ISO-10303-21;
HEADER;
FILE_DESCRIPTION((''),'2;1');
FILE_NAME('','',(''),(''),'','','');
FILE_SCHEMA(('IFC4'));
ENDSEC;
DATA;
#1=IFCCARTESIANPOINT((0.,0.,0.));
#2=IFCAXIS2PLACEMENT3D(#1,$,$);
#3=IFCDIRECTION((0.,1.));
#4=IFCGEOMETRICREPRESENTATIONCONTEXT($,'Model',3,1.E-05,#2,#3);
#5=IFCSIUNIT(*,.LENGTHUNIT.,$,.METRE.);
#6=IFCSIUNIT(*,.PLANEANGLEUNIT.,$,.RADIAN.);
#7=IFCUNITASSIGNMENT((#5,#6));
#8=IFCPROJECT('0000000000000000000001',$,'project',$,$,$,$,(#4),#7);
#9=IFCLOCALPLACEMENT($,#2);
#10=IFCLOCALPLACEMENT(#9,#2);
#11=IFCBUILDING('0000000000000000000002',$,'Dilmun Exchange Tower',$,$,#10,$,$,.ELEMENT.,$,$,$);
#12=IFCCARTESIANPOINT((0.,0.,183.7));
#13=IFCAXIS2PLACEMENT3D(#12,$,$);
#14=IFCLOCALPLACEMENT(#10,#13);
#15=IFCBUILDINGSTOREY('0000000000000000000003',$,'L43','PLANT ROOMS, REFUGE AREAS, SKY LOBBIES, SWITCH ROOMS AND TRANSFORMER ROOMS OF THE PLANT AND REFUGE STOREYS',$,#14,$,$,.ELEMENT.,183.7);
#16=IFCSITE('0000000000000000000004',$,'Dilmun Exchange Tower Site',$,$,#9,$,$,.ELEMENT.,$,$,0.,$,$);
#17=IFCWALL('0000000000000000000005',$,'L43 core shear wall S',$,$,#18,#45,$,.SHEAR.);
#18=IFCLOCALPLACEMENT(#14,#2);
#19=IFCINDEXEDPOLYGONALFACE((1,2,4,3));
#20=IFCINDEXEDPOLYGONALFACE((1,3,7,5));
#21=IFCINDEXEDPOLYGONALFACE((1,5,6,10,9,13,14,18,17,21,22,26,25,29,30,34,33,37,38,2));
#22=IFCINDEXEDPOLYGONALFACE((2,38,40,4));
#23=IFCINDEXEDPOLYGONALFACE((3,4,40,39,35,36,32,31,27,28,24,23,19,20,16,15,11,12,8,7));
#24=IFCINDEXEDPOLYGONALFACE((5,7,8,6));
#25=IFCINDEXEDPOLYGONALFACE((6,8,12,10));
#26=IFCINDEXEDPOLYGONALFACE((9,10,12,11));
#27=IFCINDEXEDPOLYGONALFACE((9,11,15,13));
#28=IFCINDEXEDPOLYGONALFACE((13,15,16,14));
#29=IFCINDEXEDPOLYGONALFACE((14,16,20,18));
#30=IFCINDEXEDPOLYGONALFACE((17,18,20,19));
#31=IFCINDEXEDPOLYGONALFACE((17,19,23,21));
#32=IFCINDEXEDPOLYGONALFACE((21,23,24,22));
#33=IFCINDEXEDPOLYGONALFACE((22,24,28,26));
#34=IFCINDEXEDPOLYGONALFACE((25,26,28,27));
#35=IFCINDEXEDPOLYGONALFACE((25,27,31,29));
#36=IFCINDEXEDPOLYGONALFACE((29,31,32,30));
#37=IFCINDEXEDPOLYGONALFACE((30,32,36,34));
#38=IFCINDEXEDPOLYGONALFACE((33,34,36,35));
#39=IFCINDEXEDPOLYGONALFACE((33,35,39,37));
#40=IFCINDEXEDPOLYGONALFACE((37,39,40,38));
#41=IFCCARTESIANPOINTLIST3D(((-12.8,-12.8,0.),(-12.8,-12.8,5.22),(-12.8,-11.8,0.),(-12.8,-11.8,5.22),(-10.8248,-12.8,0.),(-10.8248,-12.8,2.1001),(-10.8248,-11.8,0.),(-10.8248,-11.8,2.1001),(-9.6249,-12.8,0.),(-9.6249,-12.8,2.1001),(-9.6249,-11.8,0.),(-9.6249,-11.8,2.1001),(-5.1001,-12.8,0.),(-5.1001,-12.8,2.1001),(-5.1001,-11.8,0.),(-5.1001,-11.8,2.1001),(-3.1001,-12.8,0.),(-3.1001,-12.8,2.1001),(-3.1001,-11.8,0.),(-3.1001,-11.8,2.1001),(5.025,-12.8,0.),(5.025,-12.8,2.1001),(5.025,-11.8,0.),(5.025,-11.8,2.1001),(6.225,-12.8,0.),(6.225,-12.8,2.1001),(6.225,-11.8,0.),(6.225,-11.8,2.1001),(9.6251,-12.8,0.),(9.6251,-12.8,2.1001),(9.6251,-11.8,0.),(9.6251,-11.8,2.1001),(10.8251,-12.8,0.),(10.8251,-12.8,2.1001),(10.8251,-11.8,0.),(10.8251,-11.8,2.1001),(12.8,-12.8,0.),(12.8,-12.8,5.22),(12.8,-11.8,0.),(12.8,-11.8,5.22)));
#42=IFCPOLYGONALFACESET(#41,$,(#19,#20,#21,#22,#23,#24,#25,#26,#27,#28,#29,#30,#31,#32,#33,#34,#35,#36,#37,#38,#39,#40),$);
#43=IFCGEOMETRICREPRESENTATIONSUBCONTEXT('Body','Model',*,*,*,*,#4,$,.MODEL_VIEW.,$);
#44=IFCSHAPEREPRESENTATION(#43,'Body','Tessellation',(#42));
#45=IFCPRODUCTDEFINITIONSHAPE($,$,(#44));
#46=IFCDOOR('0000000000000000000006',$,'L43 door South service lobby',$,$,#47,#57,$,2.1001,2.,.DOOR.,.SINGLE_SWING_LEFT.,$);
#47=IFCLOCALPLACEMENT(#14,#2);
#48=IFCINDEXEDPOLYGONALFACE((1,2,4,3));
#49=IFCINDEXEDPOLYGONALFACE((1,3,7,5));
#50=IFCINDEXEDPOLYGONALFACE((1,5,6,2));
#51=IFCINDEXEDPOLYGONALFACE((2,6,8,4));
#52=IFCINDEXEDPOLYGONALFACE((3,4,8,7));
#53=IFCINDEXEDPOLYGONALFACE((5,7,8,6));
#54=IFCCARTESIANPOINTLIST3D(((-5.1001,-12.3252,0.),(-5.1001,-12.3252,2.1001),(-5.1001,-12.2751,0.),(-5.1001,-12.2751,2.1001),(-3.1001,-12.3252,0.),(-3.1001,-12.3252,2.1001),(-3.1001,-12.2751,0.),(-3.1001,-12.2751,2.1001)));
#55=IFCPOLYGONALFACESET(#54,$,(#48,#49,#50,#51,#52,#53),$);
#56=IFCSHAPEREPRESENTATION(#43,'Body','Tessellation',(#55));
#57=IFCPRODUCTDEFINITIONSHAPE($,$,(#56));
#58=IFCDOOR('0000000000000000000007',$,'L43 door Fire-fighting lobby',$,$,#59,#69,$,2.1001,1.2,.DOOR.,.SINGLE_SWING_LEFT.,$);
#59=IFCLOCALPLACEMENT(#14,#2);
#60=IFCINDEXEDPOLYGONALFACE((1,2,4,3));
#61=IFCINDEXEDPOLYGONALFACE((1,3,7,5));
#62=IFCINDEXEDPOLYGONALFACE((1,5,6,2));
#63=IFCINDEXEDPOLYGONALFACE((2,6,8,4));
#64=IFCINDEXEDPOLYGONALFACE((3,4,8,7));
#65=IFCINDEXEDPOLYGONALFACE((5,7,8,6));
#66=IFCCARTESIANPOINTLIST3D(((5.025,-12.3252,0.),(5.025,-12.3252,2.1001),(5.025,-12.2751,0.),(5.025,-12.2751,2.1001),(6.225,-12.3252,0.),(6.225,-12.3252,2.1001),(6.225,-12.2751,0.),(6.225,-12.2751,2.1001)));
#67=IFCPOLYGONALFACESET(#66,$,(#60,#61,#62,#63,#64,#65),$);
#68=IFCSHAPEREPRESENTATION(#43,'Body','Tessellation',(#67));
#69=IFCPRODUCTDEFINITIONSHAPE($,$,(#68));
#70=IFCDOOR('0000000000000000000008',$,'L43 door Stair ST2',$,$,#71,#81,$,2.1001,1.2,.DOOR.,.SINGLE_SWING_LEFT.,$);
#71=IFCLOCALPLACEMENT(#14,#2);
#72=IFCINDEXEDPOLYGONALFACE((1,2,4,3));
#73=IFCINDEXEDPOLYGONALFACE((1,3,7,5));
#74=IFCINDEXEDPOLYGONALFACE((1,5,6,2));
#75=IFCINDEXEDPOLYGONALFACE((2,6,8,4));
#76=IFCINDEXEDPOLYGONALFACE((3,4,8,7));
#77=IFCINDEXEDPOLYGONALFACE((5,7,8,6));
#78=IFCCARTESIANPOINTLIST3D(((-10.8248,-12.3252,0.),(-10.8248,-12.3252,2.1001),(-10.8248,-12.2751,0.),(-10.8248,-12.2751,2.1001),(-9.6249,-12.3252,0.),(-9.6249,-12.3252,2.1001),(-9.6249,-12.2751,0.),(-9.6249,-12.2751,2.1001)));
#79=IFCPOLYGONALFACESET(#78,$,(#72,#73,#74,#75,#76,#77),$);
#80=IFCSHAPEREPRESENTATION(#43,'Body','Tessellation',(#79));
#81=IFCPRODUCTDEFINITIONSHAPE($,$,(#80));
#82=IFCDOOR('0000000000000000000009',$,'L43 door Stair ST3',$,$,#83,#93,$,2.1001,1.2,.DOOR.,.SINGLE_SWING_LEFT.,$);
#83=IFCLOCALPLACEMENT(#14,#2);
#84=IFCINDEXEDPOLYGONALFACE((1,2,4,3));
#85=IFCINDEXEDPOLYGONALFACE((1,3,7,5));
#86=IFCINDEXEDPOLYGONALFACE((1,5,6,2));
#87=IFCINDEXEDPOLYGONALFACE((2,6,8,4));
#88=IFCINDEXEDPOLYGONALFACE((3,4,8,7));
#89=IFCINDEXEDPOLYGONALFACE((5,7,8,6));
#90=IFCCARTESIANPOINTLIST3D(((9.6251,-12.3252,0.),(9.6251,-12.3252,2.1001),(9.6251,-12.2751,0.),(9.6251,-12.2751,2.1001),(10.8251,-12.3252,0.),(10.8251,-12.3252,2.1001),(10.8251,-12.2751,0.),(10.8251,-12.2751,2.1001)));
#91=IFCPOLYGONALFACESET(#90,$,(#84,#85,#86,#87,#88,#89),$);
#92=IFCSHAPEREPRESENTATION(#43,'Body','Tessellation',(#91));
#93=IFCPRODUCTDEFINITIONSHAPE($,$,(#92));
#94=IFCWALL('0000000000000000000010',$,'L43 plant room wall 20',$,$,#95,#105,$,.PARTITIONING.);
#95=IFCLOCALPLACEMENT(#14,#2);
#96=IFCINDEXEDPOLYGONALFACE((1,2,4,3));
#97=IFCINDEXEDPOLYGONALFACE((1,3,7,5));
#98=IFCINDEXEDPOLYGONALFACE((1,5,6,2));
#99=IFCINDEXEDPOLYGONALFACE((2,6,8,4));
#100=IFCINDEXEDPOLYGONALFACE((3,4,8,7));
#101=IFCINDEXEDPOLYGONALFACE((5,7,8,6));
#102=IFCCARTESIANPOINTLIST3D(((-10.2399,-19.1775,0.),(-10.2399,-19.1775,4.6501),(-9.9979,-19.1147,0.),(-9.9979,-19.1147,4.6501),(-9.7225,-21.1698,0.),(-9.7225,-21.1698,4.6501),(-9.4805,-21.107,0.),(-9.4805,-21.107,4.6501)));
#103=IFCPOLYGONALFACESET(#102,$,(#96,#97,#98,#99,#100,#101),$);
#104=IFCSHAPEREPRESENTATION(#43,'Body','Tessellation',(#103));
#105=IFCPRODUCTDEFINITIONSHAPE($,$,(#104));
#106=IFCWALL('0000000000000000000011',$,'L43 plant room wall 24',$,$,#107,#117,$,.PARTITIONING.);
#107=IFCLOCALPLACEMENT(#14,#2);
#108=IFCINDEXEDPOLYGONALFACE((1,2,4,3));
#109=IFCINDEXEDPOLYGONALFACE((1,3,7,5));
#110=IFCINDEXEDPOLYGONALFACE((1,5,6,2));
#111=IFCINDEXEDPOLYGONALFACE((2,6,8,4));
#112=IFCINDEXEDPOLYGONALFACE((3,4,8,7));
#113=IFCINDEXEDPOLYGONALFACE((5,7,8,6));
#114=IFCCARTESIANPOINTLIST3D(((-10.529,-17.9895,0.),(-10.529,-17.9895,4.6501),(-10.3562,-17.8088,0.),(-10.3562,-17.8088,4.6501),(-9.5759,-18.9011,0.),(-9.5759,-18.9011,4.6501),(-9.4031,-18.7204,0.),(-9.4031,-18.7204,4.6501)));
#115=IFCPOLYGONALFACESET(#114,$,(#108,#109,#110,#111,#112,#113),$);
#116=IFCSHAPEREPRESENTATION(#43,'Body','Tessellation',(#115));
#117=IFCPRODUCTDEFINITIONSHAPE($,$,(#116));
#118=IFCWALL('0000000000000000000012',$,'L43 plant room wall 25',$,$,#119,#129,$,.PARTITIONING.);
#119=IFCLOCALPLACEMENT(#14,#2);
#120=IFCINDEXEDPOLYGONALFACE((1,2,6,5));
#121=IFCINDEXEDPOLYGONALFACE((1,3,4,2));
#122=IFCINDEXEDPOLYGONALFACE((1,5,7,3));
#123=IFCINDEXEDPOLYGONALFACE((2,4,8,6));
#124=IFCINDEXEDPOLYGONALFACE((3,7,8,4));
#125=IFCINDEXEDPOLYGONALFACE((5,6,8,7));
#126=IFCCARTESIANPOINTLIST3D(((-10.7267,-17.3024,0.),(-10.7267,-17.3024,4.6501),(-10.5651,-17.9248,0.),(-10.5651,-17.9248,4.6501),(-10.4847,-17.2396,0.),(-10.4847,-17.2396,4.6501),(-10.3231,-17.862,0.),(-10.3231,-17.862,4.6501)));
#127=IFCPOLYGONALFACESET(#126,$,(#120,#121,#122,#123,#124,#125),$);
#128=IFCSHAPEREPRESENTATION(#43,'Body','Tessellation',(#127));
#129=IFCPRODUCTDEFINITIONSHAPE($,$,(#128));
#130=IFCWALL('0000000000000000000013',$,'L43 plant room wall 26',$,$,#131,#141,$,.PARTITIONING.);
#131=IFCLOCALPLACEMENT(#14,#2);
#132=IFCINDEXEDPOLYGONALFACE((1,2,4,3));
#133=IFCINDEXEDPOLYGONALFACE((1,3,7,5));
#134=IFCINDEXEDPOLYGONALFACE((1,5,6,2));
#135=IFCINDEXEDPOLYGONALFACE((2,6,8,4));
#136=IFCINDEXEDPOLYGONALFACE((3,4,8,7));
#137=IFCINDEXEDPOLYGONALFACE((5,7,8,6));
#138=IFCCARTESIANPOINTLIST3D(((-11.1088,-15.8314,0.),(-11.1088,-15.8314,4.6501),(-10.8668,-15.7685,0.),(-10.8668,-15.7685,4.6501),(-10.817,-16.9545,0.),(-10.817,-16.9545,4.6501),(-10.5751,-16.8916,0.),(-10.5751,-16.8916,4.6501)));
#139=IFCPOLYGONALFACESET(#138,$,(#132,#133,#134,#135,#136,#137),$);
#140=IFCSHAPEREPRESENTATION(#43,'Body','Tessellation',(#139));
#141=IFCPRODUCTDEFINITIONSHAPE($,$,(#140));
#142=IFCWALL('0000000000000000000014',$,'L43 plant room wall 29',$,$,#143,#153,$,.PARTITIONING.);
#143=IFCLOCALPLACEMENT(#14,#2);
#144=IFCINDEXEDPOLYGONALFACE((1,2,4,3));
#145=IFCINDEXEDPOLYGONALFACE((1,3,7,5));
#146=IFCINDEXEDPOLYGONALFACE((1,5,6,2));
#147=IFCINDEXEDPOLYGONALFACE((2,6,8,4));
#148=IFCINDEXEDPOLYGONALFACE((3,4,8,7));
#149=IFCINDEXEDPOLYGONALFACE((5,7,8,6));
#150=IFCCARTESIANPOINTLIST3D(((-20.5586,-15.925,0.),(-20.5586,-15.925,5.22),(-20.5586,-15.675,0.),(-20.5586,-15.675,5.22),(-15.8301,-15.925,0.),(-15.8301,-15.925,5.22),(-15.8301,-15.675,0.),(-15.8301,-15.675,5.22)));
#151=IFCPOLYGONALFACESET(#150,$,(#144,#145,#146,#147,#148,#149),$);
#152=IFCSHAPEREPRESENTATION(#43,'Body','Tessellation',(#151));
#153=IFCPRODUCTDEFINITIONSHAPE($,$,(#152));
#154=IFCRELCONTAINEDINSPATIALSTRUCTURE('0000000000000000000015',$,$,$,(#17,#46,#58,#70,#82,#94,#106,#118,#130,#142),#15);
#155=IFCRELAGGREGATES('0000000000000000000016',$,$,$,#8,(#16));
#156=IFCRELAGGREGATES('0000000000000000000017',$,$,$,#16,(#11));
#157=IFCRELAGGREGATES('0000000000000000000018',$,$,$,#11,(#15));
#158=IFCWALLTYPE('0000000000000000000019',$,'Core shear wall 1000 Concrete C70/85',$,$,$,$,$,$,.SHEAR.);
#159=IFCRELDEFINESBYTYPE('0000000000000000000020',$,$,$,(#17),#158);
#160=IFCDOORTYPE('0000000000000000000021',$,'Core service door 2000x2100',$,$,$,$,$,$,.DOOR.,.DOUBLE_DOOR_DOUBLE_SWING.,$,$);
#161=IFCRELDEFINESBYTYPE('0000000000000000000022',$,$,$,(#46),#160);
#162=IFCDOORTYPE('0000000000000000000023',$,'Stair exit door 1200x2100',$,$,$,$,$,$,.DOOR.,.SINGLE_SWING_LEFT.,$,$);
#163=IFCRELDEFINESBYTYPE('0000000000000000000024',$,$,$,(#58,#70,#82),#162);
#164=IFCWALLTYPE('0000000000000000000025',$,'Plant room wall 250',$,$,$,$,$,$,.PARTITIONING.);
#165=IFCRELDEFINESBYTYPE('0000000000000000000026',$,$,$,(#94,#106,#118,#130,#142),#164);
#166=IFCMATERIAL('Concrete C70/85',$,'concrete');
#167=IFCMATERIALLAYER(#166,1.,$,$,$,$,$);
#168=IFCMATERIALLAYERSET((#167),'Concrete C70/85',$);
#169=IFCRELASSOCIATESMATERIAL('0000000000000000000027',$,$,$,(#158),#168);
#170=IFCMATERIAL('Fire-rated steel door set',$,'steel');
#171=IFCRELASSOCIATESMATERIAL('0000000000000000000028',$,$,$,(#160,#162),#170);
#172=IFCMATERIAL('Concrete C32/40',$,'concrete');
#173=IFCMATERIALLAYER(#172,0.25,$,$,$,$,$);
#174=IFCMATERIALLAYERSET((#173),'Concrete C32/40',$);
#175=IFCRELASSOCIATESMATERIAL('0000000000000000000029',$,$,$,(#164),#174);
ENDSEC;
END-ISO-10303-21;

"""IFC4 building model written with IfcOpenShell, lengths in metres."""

from ifc_helpers import new_model, si_unit, direction, frame, frame_2d, origin, place, context, subcontext, project, spatial, rectangle, extrude, material, layer, layer_set, type_object, element, fill, save


model = new_model("IFC4")

# Units and contexts
model_context = context("Model", 3, precision=1e-05, world=origin(), true_north=direction((0.0, 1.0)))
body_context = subcontext(model_context, "Body", "Model", "MODEL_VIEW")
ifc_project = project(units=[si_unit("LENGTHUNIT", "METRE"), si_unit("PLANEANGLEUNIT", "RADIAN")], contexts=[model_context])

# Site, building, storey
site_placement = place(None, origin())
site = spatial("IfcSite", under=ifc_project, at=site_placement, Name="Dilmun Exchange Tower Site", CompositionType="ELEMENT", RefElevation=0.0)
building_placement = place(site_placement, origin())
building = spatial("IfcBuilding", under=site, at=building_placement, Name="Dilmun Exchange Tower", CompositionType="ELEMENT")
storey_placement = place(building_placement, frame((0.0, 0.0, 183.7)))
storey = spatial("IfcBuildingStorey", under=building, at=storey_placement, Name="L43", Description="PLANT ROOMS, REFUGE AREAS, SKY LOBBIES, SWITCH ROOMS AND TRANSFORMER ROOMS OF THE PLANT AND REFUGE STOREYS", CompositionType="ELEMENT", Elevation=183.7)

# Wall, openings, doors
ifc_material_1 = material(Name="Concrete C70/85", Category="concrete")
ifc_layer_1 = layer(ifc_material_1, 1.0)
ifc_layer_set_1 = layer_set([ifc_layer_1], Name="Concrete C70/85")
wall_type_1 = type_object("IfcWallType", Name="Core shear wall 1000 Concrete C70/85", PredefinedType="SHEAR", material=ifc_layer_set_1)
wall_1_placement = place(storey_placement, frame((-12.8, -12.3, 0.0), z_axis=(0.0, 0.0, 1.0), x_axis=(1.0, 0.0, 0.0)))
wall_1 = element("IfcWall", 1, at=wall_1_placement, inside=storey, type_object=wall_type_1, Name="L43 core shear wall S", PredefinedType="SHEAR", context=body_context, shape_type="SweptSolid", body=[
    extrude(rectangle(XDim=25.6001, YDim=1.0, at=frame_2d((12.8, 0.0))), origin(), (0.0, 0.0, 1.0), 5.22),
])
opening_1_placement = place(wall_1_placement, frame((7.7, 0.0, 0.0)))
opening_1 = element("IfcOpeningElement", 2, at=opening_1_placement, cuts=wall_1, PredefinedType="OPENING", context=body_context, shape_type="SweptSolid", body=[
    extrude(rectangle(XDim=2.0, YDim=2.1001, at=frame_2d((1.0, 1.05))), frame((0.0, 0.51, 0.0), z_axis=(0.0, -1.0, 0.0), x_axis=(1.0, 0.0, 0.0)), (0.0, 0.0, 1.0), 1.02),
])
opening_2_placement = place(wall_1_placement, frame((17.825, 0.0, 0.0)))
opening_2 = element("IfcOpeningElement", 3, at=opening_2_placement, cuts=wall_1, PredefinedType="OPENING", context=body_context, shape_type="SweptSolid", body=[
    extrude(rectangle(XDim=1.2, YDim=2.1001, at=frame_2d((0.6001, 1.05))), frame((0.0, 0.51, 0.0), z_axis=(0.0, -1.0, 0.0), x_axis=(1.0, 0.0, 0.0)), (0.0, 0.0, 1.0), 1.02),
])
opening_3_placement = place(wall_1_placement, frame((1.9751, 0.0, 0.0)))
opening_3 = element("IfcOpeningElement", 4, at=opening_3_placement, cuts=wall_1, PredefinedType="OPENING", context=body_context, shape_type="SweptSolid", body=[
    extrude(rectangle(XDim=1.2, YDim=2.1001, at=frame_2d((0.6001, 1.05))), frame((0.0, 0.51, 0.0), z_axis=(0.0, -1.0, 0.0), x_axis=(1.0, 0.0, 0.0)), (0.0, 0.0, 1.0), 1.02),
])
opening_4_placement = place(wall_1_placement, frame((22.425, 0.0, 0.0)))
opening_4 = element("IfcOpeningElement", 5, at=opening_4_placement, cuts=wall_1, PredefinedType="OPENING", context=body_context, shape_type="SweptSolid", body=[
    extrude(rectangle(XDim=1.2, YDim=2.1001, at=frame_2d((0.6001, 1.05))), frame((0.0, 0.51, 0.0), z_axis=(0.0, -1.0, 0.0), x_axis=(1.0, 0.0, 0.0)), (0.0, 0.0, 1.0), 1.02),
])
ifc_material_2 = material(Name="Fire-rated steel door set", Category="steel")
door_type_1 = type_object("IfcDoorType", Name="Core service door 2000x2100", OperationType="DOUBLE_DOOR_DOUBLE_SWING", PredefinedType="DOOR", material=ifc_material_2)
door_1_placement = place(opening_1_placement, origin())
door_1 = element("IfcDoor", 6, at=door_1_placement, inside=storey, type_object=door_type_1, Name="L43 door South service lobby", OperationType="SINGLE_SWING_LEFT", OverallHeight=2.1001, OverallWidth=2.0, PredefinedType="DOOR", context=body_context, shape_type="SweptSolid", body=[
    extrude(rectangle(XDim=2.0, YDim=2.1001, at=frame_2d((1.0, 1.05))), frame((0.0, 0.0249, 0.0), z_axis=(0.0, -1.0, 0.0), x_axis=(1.0, 0.0, 0.0)), (0.0, 0.0, 1.0), 0.05),
])
fill(opening_1, door_1)
door_type_2 = type_object("IfcDoorType", Name="Stair exit door 1200x2100", OperationType="SINGLE_SWING_LEFT", PredefinedType="DOOR", material=ifc_material_2)
door_2_placement = place(opening_2_placement, origin())
door_2 = element("IfcDoor", 7, at=door_2_placement, inside=storey, type_object=door_type_2, Name="L43 door Fire-fighting lobby", OperationType="SINGLE_SWING_LEFT", OverallHeight=2.1001, OverallWidth=1.2, PredefinedType="DOOR", context=body_context, shape_type="SweptSolid", body=[
    extrude(rectangle(XDim=1.2, YDim=2.1001, at=frame_2d((0.6001, 1.05))), frame((0.0, 0.0249, 0.0), z_axis=(0.0, -1.0, 0.0), x_axis=(1.0, 0.0, 0.0)), (0.0, 0.0, 1.0), 0.05),
])
fill(opening_2, door_2)
door_3_placement = place(opening_3_placement, origin())
door_3 = element("IfcDoor", 8, at=door_3_placement, inside=storey, type_object=door_type_2, Name="L43 door Stair ST2", OperationType="SINGLE_SWING_LEFT", OverallHeight=2.1001, OverallWidth=1.2, PredefinedType="DOOR", context=body_context, shape_type="SweptSolid", body=[
    extrude(rectangle(XDim=1.2, YDim=2.1001, at=frame_2d((0.6001, 1.05))), frame((0.0, 0.0249, 0.0), z_axis=(0.0, -1.0, 0.0), x_axis=(1.0, 0.0, 0.0)), (0.0, 0.0, 1.0), 0.05),
])
fill(opening_3, door_3)
door_4_placement = place(opening_4_placement, origin())
door_4 = element("IfcDoor", 9, at=door_4_placement, inside=storey, type_object=door_type_2, Name="L43 door Stair ST3", OperationType="SINGLE_SWING_LEFT", OverallHeight=2.1001, OverallWidth=1.2, PredefinedType="DOOR", context=body_context, shape_type="SweptSolid", body=[
    extrude(rectangle(XDim=1.2, YDim=2.1001, at=frame_2d((0.6001, 1.05))), frame((0.0, 0.0249, 0.0), z_axis=(0.0, -1.0, 0.0), x_axis=(1.0, 0.0, 0.0)), (0.0, 0.0, 1.0), 0.05),
])
fill(opening_4, door_4)

# Walls
ifc_material_3 = material(Name="Concrete C32/40", Category="concrete")
ifc_layer_2 = layer(ifc_material_3, 0.25)
ifc_layer_set_2 = layer_set([ifc_layer_2], Name="Concrete C32/40")
wall_type_2 = type_object("IfcWallType", Name="Plant room wall 250", PredefinedType="PARTITIONING", material=ifc_layer_set_2)
wall_2_placement = place(storey_placement, frame((-10.1189, -19.146, 0.0), z_axis=(0.0, 0.0, 1.0), x_axis=(0.251345, -0.967898, 0.0)))
element("IfcWall", 10, at=wall_2_placement, inside=storey, type_object=wall_type_2, Name="L43 plant room wall 20", PredefinedType="PARTITIONING", context=body_context, shape_type="SweptSolid", body=[
    extrude(rectangle(XDim=2.0583, YDim=0.25, at=frame_2d((1.0293, 0.0))), origin(), (0.0, 0.0, 1.0), 4.6501),
])
wall_3_placement = place(storey_placement, frame((-10.4426, -17.8992, 0.0), z_axis=(0.0, 0.0, 1.0), x_axis=(0.722666, -0.691197, 0.0)))
element("IfcWall", 11, at=wall_3_placement, inside=storey, type_object=wall_type_2, Name="L43 plant room wall 24", PredefinedType="PARTITIONING", context=body_context, shape_type="SweptSolid", body=[
    extrude(rectangle(XDim=1.3188, YDim=0.25, at=frame_2d((0.6594, 0.0))), origin(), (0.0, 0.0, 1.0), 4.6501),
])
wall_4_placement = place(storey_placement, frame((-10.6057, -17.271, 0.0), z_axis=(0.0, 0.0, 1.0), x_axis=(0.251371, -0.967891, 0.0)))
element("IfcWall", 12, at=wall_4_placement, inside=storey, type_object=wall_type_2, Name="L43 plant room wall 25", PredefinedType="PARTITIONING", context=body_context, shape_type="SweptSolid", body=[
    extrude(rectangle(XDim=0.6431, YDim=0.25, at=frame_2d((0.3215, 0.0))), origin(), (0.0, 0.0, 1.0), 4.6501),
])
wall_5_placement = place(storey_placement, frame((-10.9878, -15.8, 0.0), z_axis=(0.0, 0.0, 1.0), x_axis=(0.251437, -0.967874, 0.0)))
element("IfcWall", 13, at=wall_5_placement, inside=storey, type_object=wall_type_2, Name="L43 plant room wall 26", PredefinedType="PARTITIONING", context=body_context, shape_type="SweptSolid", body=[
    extrude(rectangle(XDim=1.1604, YDim=0.25, at=frame_2d((0.5801, 0.0))), origin(), (0.0, 0.0, 1.0), 4.6501),
])
wall_6_placement = place(storey_placement, frame((-20.5586, -15.8, 0.0), z_axis=(0.0, 0.0, 1.0), x_axis=(1.0, 0.0, 0.0)))
element("IfcWall", 14, at=wall_6_placement, inside=storey, type_object=wall_type_2, Name="L43 plant room wall 29", PredefinedType="PARTITIONING", context=body_context, shape_type="SweptSolid", body=[
    extrude(rectangle(XDim=4.7285, YDim=0.25, at=frame_2d((2.3643, 0.0))), origin(), (0.0, 0.0, 1.0), 5.22),
])

save(model, "model.ifc")
